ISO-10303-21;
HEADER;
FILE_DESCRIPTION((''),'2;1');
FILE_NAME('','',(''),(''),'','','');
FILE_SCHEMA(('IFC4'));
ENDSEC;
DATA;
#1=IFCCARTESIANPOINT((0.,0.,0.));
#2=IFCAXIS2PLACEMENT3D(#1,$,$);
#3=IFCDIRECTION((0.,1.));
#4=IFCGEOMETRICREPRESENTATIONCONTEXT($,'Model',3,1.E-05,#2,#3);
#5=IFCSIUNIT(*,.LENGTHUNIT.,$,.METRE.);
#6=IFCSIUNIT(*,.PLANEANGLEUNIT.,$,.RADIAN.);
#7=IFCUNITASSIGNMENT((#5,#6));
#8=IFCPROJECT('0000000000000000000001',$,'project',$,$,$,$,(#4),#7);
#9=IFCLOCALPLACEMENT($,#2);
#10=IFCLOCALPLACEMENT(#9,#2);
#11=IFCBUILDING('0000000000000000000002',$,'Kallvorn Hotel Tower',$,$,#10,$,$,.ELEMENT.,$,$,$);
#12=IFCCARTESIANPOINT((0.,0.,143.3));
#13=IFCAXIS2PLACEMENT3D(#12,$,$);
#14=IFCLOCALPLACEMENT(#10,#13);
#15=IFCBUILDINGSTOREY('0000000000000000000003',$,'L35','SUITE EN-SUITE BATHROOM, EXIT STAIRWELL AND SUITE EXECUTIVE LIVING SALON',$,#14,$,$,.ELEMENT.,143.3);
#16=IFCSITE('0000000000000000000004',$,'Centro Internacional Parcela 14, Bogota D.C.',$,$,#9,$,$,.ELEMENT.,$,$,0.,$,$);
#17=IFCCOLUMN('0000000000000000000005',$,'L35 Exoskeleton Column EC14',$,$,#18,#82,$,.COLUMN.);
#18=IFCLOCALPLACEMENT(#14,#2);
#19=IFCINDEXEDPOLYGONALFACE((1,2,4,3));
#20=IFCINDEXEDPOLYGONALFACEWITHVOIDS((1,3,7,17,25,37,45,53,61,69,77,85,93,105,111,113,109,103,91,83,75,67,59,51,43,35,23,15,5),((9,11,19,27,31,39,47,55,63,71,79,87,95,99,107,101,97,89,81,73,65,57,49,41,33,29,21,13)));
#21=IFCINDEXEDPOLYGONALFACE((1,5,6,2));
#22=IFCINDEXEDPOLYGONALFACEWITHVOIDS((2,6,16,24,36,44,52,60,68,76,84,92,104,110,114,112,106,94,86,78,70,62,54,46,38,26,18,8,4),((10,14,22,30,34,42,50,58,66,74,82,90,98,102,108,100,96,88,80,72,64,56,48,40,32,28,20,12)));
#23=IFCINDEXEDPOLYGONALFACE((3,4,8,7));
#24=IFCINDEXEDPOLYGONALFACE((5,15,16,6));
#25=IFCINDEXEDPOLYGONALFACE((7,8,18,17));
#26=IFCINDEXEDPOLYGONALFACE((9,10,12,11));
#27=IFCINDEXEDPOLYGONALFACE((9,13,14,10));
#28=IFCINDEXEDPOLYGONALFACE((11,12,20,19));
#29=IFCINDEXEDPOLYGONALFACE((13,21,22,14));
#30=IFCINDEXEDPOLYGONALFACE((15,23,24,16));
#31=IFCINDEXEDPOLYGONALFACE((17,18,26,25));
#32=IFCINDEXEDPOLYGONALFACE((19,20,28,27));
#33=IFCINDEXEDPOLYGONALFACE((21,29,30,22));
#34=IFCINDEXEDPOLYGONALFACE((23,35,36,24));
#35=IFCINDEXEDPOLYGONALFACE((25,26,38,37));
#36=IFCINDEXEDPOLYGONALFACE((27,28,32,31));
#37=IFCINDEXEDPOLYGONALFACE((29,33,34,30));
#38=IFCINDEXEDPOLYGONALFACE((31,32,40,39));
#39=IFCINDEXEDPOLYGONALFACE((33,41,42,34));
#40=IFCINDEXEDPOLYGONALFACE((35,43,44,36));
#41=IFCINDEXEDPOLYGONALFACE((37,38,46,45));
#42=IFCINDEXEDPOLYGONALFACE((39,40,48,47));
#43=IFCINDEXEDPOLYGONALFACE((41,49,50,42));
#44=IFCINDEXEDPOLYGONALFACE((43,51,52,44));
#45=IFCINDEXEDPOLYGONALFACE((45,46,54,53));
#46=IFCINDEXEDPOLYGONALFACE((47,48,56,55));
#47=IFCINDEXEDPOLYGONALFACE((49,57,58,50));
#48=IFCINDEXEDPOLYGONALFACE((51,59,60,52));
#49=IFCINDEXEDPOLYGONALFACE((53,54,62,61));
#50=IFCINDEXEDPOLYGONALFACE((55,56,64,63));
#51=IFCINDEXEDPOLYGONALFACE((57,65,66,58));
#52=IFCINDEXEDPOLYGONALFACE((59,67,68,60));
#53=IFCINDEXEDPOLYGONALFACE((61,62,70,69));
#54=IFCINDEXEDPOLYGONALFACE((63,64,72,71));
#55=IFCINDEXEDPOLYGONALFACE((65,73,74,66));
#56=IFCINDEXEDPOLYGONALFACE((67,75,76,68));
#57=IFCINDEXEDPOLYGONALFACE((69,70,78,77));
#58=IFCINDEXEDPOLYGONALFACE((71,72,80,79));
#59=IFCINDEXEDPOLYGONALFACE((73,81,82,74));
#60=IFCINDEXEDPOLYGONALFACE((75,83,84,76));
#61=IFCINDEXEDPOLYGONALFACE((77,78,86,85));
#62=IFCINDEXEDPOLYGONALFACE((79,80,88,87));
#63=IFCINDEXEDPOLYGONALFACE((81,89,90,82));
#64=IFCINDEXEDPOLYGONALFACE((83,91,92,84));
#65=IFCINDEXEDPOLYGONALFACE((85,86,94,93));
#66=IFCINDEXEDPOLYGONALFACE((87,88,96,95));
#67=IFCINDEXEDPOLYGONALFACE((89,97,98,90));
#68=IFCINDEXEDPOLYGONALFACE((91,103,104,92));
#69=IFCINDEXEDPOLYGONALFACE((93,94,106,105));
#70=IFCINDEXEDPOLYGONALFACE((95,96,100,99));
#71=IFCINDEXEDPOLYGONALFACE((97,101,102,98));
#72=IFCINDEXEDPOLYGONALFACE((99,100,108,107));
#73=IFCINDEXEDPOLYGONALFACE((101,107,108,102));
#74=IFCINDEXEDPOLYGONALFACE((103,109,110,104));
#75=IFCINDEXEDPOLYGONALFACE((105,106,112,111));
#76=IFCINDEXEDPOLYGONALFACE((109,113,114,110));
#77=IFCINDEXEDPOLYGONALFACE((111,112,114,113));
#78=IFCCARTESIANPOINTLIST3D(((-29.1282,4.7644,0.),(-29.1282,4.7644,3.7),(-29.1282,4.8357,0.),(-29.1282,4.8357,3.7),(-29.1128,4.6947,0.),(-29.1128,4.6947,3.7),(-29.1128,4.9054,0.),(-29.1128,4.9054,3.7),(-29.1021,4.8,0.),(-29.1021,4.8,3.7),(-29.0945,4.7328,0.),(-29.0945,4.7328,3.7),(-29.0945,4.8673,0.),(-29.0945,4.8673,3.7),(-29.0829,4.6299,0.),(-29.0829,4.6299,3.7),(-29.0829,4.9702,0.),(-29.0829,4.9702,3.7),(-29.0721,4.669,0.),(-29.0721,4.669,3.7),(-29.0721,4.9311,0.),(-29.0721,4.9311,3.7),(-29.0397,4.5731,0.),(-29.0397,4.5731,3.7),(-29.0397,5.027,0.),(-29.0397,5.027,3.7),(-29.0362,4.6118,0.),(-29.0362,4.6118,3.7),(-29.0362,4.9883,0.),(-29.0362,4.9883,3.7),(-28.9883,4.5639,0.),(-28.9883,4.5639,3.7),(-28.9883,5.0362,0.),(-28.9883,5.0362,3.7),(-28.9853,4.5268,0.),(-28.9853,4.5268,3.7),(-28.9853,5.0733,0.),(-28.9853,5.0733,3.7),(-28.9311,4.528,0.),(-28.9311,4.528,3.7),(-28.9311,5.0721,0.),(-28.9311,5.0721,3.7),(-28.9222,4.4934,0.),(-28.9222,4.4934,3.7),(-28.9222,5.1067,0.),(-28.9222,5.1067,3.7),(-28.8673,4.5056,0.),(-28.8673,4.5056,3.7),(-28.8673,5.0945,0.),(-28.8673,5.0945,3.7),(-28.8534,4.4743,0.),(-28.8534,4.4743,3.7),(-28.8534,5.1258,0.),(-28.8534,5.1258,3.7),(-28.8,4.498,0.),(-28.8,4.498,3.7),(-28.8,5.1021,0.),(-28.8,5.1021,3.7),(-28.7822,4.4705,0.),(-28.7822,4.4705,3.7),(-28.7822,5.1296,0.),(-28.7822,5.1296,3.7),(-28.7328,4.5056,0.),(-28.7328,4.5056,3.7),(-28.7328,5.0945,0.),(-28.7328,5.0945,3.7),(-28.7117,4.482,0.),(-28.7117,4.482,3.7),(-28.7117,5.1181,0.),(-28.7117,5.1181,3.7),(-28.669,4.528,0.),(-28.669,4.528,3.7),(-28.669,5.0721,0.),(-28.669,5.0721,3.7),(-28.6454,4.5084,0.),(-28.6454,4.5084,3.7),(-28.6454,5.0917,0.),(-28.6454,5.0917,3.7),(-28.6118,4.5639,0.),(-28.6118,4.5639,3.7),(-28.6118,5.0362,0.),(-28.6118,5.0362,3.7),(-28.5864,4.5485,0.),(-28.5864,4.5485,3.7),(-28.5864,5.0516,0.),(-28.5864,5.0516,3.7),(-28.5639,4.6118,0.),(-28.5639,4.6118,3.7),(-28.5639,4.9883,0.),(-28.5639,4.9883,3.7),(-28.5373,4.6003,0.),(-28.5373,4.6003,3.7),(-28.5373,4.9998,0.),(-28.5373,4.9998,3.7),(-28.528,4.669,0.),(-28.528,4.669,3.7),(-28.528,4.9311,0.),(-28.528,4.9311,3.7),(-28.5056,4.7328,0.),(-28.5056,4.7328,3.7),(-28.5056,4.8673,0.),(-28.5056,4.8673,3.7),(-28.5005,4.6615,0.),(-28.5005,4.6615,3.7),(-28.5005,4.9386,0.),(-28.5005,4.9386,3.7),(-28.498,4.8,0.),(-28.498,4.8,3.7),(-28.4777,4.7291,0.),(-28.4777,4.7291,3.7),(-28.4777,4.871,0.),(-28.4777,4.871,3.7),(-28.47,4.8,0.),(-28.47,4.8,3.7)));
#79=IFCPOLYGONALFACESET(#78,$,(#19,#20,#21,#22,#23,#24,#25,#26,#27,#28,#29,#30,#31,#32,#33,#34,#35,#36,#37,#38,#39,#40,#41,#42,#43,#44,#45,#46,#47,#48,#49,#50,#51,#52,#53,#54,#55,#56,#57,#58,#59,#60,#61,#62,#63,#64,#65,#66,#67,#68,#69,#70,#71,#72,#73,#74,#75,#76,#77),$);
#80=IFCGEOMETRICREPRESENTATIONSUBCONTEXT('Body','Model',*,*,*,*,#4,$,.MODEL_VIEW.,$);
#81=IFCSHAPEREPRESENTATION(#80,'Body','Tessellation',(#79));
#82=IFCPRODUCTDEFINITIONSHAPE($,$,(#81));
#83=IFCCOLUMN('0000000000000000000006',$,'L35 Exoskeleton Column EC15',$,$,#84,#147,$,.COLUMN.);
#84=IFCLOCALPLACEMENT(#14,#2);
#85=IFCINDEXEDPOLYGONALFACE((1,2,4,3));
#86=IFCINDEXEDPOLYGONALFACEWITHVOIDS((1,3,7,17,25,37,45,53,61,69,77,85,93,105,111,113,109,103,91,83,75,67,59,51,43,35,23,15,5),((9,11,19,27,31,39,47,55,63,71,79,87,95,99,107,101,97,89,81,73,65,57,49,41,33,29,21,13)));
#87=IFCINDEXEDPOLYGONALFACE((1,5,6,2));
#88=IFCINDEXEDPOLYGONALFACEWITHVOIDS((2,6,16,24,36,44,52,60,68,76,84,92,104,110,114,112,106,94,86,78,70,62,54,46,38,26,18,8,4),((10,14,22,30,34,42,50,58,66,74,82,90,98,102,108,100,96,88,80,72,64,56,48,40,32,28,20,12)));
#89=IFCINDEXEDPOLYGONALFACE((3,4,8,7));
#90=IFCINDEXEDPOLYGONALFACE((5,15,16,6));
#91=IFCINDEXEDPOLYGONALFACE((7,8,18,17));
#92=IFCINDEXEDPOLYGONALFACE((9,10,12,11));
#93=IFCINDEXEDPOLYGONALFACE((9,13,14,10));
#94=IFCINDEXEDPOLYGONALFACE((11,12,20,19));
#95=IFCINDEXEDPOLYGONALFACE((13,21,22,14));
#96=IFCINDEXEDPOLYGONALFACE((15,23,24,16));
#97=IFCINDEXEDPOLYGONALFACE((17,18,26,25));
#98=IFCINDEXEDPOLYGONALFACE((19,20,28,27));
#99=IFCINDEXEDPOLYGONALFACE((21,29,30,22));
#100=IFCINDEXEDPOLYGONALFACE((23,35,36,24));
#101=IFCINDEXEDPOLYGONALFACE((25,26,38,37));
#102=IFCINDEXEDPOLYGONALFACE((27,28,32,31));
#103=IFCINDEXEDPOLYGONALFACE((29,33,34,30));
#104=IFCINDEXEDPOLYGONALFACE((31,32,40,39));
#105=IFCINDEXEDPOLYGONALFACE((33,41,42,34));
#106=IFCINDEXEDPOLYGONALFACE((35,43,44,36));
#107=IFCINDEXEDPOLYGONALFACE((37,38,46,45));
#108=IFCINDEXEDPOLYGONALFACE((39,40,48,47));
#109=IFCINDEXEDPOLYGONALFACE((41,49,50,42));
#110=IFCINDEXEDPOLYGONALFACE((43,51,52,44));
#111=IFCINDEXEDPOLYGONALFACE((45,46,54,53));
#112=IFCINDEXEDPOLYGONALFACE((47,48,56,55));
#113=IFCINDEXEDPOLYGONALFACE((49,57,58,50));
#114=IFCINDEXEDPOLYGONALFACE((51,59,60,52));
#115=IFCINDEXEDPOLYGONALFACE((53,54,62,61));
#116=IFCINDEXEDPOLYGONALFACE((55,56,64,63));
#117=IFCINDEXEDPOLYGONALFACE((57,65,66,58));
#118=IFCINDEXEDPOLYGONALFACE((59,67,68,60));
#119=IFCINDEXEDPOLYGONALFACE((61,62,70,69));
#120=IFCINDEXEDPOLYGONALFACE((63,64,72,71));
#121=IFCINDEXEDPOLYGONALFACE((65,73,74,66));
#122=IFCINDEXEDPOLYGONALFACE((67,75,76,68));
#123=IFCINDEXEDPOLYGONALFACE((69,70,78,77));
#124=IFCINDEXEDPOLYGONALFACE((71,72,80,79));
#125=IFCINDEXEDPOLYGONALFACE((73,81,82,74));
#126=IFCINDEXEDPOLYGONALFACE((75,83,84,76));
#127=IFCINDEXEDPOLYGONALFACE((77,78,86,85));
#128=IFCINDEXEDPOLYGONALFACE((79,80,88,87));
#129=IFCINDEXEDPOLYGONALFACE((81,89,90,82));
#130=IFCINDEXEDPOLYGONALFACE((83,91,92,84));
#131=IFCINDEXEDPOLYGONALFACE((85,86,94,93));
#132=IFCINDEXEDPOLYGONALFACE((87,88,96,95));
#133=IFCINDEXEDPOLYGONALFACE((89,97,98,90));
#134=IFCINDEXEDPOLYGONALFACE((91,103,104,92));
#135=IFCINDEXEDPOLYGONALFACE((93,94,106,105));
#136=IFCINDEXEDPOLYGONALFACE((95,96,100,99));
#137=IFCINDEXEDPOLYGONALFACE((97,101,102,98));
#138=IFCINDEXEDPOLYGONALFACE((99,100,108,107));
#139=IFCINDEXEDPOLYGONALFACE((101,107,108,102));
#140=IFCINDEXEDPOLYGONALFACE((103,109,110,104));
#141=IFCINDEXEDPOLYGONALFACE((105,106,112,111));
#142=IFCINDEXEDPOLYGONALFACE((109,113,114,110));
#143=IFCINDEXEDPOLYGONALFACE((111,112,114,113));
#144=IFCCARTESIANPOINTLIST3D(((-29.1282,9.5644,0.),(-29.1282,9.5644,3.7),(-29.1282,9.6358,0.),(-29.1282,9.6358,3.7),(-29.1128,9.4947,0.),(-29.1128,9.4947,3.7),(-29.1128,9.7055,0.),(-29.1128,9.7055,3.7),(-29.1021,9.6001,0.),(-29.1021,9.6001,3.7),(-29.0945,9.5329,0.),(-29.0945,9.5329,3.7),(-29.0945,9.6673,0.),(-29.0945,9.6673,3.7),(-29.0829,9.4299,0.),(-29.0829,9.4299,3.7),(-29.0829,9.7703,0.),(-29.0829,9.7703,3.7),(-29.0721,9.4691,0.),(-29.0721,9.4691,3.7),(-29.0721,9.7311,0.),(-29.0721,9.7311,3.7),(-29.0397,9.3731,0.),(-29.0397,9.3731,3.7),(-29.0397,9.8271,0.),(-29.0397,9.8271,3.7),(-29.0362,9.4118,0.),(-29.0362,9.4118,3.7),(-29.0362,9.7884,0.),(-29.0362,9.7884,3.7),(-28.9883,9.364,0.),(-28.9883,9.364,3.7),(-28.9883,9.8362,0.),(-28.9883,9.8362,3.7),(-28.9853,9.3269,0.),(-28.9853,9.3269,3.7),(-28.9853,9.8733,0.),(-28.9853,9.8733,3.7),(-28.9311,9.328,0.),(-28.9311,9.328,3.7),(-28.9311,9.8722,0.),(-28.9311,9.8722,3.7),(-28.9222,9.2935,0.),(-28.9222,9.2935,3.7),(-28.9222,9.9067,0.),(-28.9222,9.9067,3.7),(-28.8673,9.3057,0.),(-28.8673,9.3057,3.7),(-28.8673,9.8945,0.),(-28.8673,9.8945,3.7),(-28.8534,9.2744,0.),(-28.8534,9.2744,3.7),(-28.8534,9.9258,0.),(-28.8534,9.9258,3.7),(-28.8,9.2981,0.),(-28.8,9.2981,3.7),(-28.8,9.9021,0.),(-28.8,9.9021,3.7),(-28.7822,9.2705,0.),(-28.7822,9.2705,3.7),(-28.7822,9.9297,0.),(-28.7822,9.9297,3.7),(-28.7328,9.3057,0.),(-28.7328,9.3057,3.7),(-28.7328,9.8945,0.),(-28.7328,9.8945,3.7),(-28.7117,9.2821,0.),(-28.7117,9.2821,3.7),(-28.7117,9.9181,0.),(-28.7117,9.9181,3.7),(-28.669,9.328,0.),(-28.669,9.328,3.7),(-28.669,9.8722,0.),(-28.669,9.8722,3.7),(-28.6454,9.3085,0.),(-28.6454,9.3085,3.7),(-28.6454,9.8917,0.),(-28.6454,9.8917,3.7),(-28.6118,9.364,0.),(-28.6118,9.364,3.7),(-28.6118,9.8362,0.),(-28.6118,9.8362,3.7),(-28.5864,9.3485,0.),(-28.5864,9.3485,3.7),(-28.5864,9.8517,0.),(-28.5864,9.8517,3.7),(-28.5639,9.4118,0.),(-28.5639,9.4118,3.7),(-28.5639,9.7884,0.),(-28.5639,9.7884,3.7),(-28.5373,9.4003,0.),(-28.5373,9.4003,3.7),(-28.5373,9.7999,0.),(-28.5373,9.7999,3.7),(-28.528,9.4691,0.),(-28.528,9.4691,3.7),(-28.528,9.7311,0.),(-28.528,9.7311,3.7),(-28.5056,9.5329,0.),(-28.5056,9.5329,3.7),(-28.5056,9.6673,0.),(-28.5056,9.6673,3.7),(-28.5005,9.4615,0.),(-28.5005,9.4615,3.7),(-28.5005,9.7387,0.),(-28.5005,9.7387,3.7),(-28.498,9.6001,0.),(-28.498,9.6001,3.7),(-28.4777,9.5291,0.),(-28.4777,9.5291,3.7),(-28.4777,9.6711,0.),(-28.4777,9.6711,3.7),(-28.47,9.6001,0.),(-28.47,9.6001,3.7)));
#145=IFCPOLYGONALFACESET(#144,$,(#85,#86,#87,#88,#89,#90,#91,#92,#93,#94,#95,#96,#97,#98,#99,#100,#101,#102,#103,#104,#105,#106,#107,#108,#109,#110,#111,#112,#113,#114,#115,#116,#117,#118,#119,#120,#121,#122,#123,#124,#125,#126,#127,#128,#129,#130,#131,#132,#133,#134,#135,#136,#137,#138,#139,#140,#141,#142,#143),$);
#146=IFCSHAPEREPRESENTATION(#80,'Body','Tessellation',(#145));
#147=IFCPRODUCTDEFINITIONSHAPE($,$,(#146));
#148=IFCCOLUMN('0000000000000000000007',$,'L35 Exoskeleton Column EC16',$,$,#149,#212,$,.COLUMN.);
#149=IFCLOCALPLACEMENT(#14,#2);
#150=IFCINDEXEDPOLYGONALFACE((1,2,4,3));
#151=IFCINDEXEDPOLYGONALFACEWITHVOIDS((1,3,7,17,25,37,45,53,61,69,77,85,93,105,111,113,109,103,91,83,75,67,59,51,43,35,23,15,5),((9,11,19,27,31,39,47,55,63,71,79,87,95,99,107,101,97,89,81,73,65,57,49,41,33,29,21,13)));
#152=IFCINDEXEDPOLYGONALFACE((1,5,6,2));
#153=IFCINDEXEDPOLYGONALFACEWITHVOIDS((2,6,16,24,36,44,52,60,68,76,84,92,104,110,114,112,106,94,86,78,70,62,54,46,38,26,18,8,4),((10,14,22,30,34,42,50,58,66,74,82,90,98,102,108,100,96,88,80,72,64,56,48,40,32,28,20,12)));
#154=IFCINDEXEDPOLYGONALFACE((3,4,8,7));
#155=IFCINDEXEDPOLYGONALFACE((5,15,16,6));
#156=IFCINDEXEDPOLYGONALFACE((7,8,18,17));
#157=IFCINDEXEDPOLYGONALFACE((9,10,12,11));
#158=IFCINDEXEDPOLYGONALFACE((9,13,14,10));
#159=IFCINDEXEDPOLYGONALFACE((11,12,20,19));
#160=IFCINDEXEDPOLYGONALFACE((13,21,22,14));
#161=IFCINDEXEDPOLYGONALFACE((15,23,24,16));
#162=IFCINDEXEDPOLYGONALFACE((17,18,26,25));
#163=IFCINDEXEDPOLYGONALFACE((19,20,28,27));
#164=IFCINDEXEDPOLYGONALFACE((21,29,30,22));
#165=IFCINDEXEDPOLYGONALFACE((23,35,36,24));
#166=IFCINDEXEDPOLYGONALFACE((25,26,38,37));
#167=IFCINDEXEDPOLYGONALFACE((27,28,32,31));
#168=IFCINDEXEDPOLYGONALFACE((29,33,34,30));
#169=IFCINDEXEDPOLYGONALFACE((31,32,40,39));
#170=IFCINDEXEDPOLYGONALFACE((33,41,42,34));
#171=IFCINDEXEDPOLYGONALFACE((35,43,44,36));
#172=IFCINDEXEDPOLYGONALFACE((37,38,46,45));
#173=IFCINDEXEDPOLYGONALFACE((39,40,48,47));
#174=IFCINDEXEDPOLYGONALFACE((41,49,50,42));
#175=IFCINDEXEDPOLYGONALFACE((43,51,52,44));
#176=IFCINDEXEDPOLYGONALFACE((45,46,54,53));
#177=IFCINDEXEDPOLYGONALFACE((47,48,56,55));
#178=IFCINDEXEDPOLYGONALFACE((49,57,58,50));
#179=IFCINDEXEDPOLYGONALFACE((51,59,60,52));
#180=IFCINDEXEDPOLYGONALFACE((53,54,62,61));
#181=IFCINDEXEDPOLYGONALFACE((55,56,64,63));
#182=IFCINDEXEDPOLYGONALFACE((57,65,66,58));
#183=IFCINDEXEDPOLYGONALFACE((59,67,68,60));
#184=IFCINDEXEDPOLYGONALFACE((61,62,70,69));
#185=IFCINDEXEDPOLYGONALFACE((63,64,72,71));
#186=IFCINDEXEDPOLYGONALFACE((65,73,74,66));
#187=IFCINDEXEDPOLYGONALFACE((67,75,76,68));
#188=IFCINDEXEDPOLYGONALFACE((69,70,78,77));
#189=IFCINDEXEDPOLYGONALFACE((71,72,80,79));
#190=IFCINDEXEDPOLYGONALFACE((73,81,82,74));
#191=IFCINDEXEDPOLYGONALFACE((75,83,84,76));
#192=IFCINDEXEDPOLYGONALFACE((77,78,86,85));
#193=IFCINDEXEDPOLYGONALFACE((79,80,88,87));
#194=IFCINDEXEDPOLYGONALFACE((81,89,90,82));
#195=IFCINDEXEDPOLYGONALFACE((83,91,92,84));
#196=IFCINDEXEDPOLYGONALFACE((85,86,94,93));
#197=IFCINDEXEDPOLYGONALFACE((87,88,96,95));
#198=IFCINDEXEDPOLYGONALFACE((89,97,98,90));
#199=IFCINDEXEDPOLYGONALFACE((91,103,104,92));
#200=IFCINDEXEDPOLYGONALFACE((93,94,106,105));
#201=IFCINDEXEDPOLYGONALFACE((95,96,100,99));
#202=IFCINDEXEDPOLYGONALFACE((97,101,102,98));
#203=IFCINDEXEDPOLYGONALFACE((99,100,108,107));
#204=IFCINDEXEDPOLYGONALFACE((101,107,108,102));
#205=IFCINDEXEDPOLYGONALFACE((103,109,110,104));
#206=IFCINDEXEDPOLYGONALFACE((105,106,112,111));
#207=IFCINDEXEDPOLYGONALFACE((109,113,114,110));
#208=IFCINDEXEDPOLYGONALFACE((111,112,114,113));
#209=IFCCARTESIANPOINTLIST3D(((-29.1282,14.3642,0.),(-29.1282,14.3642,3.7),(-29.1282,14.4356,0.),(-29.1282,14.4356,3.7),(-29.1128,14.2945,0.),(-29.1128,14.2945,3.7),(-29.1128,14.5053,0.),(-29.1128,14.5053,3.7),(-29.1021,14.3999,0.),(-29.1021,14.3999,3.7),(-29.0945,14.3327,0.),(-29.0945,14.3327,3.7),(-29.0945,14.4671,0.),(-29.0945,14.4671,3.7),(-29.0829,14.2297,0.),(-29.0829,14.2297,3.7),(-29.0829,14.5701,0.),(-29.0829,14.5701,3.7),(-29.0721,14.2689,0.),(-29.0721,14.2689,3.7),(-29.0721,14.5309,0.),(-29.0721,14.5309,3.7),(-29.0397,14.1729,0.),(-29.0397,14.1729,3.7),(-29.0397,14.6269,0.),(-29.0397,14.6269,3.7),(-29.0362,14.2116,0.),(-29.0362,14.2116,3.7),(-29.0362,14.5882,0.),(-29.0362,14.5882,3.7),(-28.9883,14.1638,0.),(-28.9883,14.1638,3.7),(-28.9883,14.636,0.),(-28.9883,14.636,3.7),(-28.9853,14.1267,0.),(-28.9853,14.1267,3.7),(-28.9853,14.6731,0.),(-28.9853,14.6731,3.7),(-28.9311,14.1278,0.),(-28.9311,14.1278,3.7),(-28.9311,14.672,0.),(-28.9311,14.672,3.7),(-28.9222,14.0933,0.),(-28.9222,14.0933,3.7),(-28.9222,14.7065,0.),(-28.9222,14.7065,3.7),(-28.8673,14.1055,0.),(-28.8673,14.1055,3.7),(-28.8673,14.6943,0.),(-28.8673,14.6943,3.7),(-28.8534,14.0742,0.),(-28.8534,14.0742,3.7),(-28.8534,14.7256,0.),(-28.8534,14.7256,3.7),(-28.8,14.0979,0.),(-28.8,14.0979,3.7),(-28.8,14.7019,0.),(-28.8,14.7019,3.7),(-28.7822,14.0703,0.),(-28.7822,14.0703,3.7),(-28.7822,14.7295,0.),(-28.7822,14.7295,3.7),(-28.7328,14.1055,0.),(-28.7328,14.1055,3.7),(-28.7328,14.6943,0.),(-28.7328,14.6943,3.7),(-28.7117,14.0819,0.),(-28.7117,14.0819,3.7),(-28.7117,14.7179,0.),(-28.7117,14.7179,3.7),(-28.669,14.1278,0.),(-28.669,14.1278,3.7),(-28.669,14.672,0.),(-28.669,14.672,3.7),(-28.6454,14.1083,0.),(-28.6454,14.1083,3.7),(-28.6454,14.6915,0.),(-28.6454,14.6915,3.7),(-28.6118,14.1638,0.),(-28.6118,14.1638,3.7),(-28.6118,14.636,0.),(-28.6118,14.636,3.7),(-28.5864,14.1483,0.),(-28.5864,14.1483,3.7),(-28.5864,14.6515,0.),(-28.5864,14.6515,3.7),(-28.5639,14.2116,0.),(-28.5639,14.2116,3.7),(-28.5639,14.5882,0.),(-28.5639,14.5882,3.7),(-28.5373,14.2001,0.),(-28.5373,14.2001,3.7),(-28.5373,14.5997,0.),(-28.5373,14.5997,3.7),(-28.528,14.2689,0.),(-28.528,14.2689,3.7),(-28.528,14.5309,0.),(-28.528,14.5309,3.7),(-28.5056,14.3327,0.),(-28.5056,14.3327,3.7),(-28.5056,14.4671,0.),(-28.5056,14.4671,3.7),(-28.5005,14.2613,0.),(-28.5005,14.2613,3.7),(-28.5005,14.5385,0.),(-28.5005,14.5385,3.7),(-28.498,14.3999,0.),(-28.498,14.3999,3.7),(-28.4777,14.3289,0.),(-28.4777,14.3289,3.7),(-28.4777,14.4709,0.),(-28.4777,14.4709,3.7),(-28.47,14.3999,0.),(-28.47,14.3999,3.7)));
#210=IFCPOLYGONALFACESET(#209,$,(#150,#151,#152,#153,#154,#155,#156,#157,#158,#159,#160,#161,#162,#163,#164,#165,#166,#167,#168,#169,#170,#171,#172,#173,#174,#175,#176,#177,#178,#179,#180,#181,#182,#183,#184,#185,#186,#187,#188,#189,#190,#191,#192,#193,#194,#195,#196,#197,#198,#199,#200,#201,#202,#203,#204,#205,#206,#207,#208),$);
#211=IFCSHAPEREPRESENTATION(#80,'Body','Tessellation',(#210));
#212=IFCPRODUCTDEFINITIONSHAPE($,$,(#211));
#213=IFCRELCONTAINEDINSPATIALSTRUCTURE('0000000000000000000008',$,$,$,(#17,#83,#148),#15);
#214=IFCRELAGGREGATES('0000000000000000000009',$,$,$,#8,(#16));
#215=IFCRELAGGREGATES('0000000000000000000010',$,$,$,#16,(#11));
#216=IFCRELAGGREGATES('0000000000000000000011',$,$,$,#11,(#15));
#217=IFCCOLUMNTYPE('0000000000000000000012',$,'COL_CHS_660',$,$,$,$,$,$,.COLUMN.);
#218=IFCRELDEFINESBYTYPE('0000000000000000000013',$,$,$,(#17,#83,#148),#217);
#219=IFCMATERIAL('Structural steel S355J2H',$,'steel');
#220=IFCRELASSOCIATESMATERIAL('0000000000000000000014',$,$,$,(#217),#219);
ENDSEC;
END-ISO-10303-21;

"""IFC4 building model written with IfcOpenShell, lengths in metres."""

from ifc_helpers import new_model, si_unit, direction, frame, origin, origin_2d, place, context, subcontext, project, spatial, hollow_circle, extrude, material, material_profile, profile_set, type_object, element, save


model = new_model("IFC4")

# Units and contexts
model_context = context("Model", 3, precision=1e-05, world=origin(), true_north=direction((0.0, 1.0)))
body_context = subcontext(model_context, "Body", "Model", "MODEL_VIEW")
ifc_project = project(units=[si_unit("LENGTHUNIT", "METRE"), si_unit("PLANEANGLEUNIT", "RADIAN")], contexts=[model_context])

# Site, building, storey
site_placement = place(None, origin())
site = spatial("IfcSite", under=ifc_project, at=site_placement, Name="Centro Internacional Parcela 14, Bogota D.C.", CompositionType="ELEMENT", RefElevation=0.0)
building_placement = place(site_placement, origin())
building = spatial("IfcBuilding", under=site, at=building_placement, Name="Kallvorn Hotel Tower", CompositionType="ELEMENT")
storey_placement = place(building_placement, frame((0.0, 0.0, 143.3)))
storey = spatial("IfcBuildingStorey", under=building, at=storey_placement, Name="L35", Description="SUITE EN-SUITE BATHROOM, EXIT STAIRWELL AND SUITE EXECUTIVE LIVING SALON", CompositionType="ELEMENT", Elevation=143.3)

# Columns
ifc_material_1 = material(Name="Structural steel S355J2H", Category="steel")
ifc_material_profile_1 = material_profile(ifc_material_1, hollow_circle(Radius=0.3301, WallThickness=0.0281, at=origin_2d()), Name="CHS 660x28")
ifc_profile_set_1 = profile_set([ifc_material_profile_1], Name="Structural steel S355J2H")
column_type_1 = type_object("IfcColumnType", Name="COL_CHS_660", PredefinedType="COLUMN", material=ifc_profile_set_1)
for number, where, z_axis, x_axis, name in (
    (1, (-28.8, 4.8, 0.0), (0.0, 0.0, 1.0), (1.0, 0.0, 0.0), "L35 Exoskeleton Column EC14"),
    (2, (-28.8, 9.6001, 0.0), (0.0, 0.0, 1.0), (1.0, 0.0, 0.0), "L35 Exoskeleton Column EC15"),
    (3, (-28.8, 14.3999, 0.0), (0.0, 0.0, 1.0), (1.0, 0.0, 0.0), "L35 Exoskeleton Column EC16"),
):
    element("IfcColumn", number, at=place(storey_placement, frame(where, z_axis=z_axis, x_axis=x_axis)), inside=storey, type_object=column_type_1, Name=name, PredefinedType="COLUMN", context=body_context, shape_type="SweptSolid", body=[
        extrude(hollow_circle(Radius=0.3301, WallThickness=0.0281, at=origin_2d()), origin(), (0.0, 0.0, 1.0), 3.7),
    ])

save(model, "model.ifc")
